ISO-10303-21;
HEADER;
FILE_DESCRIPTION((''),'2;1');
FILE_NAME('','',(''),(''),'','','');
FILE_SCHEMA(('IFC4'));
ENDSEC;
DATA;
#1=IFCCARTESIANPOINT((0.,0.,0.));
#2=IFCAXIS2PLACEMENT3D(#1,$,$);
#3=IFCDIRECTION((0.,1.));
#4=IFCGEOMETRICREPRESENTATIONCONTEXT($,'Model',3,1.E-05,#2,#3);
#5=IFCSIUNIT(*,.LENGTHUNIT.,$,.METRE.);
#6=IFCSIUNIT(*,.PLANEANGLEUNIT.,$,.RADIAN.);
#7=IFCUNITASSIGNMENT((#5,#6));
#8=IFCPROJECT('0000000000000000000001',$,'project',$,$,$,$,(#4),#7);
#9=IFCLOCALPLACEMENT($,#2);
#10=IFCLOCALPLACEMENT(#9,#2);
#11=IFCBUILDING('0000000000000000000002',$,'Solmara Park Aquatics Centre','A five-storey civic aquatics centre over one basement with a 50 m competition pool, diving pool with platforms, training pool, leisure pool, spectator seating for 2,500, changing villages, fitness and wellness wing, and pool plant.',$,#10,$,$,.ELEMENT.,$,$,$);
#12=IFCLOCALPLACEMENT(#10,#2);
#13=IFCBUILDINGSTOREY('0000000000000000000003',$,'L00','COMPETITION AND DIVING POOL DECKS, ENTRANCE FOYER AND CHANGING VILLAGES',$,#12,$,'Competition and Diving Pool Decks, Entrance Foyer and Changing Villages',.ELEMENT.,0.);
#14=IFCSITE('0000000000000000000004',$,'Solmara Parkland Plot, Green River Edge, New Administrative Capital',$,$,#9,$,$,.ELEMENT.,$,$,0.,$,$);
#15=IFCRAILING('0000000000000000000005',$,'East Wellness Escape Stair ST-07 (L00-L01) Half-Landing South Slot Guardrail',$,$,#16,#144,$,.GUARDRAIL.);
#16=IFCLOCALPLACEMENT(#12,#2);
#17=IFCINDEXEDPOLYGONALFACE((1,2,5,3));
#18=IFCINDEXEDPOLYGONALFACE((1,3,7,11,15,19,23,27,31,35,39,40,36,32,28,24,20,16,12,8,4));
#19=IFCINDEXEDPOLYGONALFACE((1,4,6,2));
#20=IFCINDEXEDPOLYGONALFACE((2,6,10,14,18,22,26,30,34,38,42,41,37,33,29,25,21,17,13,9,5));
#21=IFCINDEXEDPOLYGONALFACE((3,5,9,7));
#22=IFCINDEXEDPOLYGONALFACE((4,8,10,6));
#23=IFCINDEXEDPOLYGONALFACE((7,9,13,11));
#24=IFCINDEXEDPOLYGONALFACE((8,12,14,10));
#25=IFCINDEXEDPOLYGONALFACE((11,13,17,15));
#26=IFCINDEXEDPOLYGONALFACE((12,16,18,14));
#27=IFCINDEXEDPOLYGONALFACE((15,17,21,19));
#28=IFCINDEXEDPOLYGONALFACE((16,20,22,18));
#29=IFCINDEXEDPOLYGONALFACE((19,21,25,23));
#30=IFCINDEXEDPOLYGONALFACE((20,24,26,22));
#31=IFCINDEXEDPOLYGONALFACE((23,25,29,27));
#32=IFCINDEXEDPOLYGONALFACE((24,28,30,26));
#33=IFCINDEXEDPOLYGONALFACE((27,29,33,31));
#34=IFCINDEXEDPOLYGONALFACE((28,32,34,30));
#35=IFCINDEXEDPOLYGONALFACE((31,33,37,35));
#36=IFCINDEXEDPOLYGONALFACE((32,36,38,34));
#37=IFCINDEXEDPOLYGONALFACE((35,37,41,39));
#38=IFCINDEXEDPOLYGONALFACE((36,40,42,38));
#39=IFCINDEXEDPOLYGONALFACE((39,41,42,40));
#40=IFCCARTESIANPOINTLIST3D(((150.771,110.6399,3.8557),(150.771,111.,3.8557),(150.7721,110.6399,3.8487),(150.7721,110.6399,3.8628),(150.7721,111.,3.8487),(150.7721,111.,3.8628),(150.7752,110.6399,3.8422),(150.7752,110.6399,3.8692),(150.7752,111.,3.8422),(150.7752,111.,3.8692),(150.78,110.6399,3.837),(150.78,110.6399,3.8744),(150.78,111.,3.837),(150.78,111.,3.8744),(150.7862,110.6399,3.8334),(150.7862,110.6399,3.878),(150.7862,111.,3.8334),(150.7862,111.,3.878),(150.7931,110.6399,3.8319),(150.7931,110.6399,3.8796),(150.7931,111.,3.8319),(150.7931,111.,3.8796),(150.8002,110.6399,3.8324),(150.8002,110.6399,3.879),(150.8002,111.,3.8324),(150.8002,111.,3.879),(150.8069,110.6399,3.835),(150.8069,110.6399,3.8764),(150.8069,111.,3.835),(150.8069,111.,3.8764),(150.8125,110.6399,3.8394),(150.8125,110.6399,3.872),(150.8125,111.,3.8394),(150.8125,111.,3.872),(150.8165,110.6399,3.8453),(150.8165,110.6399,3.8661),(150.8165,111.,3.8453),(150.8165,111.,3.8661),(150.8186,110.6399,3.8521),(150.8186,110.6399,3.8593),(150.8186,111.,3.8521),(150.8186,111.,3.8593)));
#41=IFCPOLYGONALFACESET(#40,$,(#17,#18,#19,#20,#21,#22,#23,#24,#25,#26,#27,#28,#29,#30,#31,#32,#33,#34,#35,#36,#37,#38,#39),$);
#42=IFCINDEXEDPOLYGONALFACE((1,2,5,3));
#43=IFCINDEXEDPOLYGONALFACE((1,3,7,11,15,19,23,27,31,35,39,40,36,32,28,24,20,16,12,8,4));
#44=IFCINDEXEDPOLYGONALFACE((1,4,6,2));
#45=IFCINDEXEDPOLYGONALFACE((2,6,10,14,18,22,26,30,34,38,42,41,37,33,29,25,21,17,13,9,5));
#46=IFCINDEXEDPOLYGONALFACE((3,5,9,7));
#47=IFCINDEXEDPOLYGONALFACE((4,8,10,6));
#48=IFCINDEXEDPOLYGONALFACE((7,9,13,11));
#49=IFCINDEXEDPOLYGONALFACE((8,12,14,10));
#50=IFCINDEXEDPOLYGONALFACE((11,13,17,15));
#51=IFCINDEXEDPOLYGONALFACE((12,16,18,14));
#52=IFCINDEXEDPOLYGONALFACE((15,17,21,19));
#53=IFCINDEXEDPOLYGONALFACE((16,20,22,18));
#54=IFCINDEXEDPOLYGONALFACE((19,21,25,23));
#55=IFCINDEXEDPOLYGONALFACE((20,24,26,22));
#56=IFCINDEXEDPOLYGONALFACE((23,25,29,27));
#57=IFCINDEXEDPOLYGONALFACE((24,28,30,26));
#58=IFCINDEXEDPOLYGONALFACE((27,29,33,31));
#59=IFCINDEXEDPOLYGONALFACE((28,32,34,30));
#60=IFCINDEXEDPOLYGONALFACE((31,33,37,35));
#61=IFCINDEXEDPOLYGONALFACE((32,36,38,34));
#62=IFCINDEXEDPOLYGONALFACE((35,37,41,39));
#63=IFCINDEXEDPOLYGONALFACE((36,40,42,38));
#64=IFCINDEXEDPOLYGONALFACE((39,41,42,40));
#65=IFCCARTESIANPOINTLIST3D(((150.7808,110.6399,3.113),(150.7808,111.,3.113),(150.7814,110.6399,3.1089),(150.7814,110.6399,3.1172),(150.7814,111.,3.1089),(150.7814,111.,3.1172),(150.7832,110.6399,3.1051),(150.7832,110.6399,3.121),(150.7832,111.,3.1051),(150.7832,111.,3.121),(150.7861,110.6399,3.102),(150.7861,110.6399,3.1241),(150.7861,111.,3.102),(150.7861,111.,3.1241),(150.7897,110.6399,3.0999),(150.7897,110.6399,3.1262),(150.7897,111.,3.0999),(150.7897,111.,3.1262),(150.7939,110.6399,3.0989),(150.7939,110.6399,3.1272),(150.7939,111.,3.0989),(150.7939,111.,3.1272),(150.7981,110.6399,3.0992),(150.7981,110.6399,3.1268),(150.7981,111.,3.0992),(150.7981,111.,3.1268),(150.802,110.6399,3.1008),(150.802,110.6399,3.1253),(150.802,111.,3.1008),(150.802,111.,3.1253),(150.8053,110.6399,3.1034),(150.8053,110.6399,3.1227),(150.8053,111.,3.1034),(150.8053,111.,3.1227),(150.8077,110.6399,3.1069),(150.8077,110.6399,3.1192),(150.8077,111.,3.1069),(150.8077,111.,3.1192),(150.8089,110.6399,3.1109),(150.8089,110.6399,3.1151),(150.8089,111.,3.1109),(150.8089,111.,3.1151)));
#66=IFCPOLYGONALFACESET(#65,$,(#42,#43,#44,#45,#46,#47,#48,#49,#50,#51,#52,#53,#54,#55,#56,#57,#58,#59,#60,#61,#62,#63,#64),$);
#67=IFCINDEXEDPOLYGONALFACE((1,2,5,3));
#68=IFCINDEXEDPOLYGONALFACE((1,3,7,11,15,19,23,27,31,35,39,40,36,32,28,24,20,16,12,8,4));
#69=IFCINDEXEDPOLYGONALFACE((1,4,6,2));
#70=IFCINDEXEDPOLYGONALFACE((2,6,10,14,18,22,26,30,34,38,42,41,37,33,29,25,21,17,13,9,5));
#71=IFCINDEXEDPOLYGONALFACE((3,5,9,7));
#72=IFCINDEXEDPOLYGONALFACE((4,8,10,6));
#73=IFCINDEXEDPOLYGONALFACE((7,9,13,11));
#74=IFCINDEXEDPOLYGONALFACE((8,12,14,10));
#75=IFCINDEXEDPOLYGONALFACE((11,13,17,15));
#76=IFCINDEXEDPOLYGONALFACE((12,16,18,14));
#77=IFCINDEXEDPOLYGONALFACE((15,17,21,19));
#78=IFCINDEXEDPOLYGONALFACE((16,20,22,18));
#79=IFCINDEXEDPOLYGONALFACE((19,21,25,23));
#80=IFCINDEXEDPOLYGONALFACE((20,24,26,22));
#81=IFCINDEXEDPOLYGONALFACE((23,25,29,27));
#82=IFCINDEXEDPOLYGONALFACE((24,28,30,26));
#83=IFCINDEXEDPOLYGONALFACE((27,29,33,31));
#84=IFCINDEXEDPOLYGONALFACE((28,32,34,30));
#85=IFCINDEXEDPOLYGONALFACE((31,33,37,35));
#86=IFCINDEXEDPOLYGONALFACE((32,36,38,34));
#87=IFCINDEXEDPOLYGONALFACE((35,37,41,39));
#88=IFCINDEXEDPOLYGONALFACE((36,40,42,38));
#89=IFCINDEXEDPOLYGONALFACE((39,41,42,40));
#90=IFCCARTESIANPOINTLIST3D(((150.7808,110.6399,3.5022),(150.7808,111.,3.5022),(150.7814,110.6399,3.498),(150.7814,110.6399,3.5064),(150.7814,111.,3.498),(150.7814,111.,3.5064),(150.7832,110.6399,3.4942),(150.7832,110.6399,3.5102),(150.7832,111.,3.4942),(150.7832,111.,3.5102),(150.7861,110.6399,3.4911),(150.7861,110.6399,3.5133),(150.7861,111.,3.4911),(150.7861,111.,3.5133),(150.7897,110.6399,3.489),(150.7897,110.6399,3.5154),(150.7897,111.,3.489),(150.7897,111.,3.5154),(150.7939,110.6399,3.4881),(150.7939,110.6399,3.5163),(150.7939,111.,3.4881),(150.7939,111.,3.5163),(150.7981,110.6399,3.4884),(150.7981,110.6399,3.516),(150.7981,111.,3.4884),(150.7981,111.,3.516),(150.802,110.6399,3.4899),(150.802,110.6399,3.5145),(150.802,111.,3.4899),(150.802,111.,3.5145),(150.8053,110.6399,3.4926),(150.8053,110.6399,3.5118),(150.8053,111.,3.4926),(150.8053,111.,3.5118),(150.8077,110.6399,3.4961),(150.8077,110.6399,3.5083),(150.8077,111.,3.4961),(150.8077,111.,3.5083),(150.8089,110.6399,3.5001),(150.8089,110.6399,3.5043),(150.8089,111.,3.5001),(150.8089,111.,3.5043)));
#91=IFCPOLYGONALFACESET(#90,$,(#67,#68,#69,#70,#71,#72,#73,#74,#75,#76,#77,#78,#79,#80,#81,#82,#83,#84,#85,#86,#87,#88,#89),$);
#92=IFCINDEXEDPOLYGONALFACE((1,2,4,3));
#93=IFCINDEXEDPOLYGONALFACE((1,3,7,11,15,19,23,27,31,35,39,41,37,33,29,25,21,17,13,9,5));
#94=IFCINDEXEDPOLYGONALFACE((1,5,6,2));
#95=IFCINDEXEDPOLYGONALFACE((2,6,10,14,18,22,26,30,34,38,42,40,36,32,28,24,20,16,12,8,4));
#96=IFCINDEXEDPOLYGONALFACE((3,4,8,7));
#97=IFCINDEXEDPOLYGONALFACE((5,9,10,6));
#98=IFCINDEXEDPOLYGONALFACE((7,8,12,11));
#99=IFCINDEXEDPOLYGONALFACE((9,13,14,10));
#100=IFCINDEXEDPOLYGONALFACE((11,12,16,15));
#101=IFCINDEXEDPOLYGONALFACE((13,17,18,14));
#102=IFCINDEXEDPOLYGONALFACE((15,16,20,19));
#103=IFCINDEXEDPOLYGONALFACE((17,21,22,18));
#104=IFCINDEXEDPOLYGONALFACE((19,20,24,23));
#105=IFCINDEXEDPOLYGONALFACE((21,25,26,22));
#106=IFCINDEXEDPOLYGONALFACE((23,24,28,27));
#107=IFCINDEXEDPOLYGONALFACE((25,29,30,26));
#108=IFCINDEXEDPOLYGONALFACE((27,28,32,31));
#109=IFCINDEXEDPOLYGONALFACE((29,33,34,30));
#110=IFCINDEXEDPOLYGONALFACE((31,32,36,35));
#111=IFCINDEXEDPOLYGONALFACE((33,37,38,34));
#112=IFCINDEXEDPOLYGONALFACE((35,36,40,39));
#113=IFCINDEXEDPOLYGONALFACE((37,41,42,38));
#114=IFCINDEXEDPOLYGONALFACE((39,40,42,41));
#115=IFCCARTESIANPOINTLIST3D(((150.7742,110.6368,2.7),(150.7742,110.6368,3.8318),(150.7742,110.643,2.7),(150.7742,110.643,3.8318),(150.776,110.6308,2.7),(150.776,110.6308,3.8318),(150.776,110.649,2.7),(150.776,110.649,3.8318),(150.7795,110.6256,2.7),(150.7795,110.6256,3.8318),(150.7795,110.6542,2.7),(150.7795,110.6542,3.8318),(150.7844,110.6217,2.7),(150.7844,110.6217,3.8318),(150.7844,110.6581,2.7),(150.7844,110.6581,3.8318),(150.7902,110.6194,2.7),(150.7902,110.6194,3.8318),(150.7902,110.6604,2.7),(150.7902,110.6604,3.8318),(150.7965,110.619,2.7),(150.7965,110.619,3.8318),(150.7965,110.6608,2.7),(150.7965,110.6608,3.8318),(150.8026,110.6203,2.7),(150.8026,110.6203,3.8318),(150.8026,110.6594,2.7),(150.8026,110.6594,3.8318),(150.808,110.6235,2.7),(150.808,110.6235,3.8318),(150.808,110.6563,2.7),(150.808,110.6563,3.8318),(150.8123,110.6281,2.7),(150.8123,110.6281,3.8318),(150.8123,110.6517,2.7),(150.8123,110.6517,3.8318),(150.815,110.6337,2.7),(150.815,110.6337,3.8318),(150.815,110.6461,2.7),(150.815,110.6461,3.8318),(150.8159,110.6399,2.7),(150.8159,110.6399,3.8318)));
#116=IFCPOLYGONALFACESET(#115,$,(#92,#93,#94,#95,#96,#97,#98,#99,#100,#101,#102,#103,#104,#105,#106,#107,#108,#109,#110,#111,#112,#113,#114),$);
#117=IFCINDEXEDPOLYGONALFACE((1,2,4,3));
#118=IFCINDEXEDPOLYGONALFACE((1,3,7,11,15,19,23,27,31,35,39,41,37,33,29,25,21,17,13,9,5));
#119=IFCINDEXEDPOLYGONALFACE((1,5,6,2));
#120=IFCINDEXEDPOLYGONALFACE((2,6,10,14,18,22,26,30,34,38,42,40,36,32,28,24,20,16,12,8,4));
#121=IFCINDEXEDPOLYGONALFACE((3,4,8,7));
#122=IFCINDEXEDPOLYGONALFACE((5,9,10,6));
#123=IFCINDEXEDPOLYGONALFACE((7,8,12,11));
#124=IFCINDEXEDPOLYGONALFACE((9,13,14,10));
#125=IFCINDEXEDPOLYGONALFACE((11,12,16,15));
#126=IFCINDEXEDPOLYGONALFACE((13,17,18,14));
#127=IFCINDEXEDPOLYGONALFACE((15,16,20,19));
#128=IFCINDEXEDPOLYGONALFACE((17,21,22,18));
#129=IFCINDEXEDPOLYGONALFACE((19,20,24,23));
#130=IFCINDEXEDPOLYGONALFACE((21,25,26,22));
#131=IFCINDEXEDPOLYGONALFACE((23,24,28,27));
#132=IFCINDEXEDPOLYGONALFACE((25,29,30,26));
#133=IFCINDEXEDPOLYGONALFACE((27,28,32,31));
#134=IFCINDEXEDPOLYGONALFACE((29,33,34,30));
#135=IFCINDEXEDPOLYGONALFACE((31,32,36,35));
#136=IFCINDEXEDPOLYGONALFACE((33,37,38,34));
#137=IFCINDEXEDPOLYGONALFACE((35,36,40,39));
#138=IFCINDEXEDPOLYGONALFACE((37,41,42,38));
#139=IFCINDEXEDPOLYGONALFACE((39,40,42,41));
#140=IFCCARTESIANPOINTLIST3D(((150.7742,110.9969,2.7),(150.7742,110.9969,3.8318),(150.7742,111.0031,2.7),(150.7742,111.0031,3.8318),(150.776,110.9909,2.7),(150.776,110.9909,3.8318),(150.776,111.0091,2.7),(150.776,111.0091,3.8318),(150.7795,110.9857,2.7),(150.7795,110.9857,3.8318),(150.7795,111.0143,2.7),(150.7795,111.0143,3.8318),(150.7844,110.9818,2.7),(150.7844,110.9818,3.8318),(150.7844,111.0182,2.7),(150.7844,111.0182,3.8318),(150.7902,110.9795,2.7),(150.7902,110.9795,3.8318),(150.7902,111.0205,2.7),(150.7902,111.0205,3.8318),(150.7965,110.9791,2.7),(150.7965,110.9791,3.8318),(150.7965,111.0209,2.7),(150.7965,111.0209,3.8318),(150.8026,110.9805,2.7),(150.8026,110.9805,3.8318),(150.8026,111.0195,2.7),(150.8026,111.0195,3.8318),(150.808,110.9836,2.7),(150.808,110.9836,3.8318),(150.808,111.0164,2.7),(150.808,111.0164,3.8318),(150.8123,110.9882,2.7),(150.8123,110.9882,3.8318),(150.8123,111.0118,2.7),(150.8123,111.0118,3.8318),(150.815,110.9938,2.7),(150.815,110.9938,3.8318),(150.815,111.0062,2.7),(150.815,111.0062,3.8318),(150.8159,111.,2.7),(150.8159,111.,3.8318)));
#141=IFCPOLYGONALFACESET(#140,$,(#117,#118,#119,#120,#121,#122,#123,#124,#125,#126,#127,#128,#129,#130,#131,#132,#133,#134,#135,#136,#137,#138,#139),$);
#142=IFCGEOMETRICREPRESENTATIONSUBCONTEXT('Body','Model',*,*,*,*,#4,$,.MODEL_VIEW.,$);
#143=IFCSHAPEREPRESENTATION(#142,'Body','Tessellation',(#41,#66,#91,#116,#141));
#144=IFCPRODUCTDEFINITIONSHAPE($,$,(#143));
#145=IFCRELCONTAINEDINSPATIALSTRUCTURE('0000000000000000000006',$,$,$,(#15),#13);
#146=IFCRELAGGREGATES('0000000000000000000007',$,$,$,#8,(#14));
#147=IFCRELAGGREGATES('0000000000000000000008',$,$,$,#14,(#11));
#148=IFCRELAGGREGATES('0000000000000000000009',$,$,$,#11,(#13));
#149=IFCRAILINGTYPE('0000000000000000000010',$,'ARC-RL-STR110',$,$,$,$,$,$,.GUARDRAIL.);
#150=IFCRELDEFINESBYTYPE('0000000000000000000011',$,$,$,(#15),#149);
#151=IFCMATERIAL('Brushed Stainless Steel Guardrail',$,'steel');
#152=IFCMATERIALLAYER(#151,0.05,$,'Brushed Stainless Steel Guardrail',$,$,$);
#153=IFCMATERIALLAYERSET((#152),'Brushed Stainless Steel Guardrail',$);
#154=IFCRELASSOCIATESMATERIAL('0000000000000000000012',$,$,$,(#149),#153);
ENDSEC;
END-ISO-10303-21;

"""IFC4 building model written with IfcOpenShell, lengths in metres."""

from ifc_helpers import new_model, si_unit, direction, frame, origin, origin_2d, place, context, subcontext, project, spatial, circle, extrude, material, layer, layer_set, type_object, element, save


model = new_model("IFC4")

# Units and contexts
model_context = context("Model", 3, precision=1e-05, world=origin(), true_north=direction((0.0, 1.0)))
body_context = subcontext(model_context, "Body", "Model", "MODEL_VIEW")
ifc_project = project(units=[si_unit("LENGTHUNIT", "METRE"), si_unit("PLANEANGLEUNIT", "RADIAN")], contexts=[model_context])

# Site, building, storey
site_placement = place(None, origin())
site = spatial("IfcSite", under=ifc_project, at=site_placement, Name="Solmara Parkland Plot, Green River Edge, New Administrative Capital", CompositionType="ELEMENT", RefElevation=0.0)
building_placement = place(site_placement, origin())
building = spatial("IfcBuilding", under=site, at=building_placement, Name="Solmara Park Aquatics Centre", Description="A five-storey civic aquatics centre over one basement with a 50 m competition pool, diving pool with platforms, training pool, leisure pool, spectator seating for 2,500, changing villages, fitness and wellness wing, and pool plant.", CompositionType="ELEMENT")
storey_placement = place(building_placement, origin())
storey = spatial("IfcBuildingStorey", under=building, at=storey_placement, Name="L00", Description="COMPETITION AND DIVING POOL DECKS, ENTRANCE FOYER AND CHANGING VILLAGES", LongName="Competition and Diving Pool Decks, Entrance Foyer and Changing Villages", CompositionType="ELEMENT", Elevation=0.0)

# Railing
ifc_material_1 = material(Name="Brushed Stainless Steel Guardrail", Category="steel")
ifc_layer_1 = layer(ifc_material_1, 0.05, Name="Brushed Stainless Steel Guardrail")
ifc_layer_set_1 = layer_set([ifc_layer_1], Name="Brushed Stainless Steel Guardrail")
railing_type_1 = type_object("IfcRailingType", Name="ARC-RL-STR110", PredefinedType="GUARDRAIL", material=ifc_layer_set_1)
railing_1_placement = place(storey_placement, frame((150.7949, 110.6399, 2.7)))
element("IfcRailing", 1, at=railing_1_placement, inside=storey, type_object=railing_type_1, Name="East Wellness Escape Stair ST-07 (L00-L01) Half-Landing South Slot Guardrail", PredefinedType="GUARDRAIL", context=body_context, shape_type="SweptSolid", body=[
    extrude(circle(Radius=0.0239, at=origin_2d()), frame((0.0, 0.0, 1.1558), z_axis=(0.0, 1.0, 0.0), x_axis=(-1.0, 0.0, 0.0)), (0.0, 0.0, 1.0), 0.3601),
    extrude(circle(Radius=0.0142, at=origin_2d()), frame((0.0, 0.0, 0.4131), z_axis=(0.0, 1.0, 0.0), x_axis=(-1.0, 0.0, 0.0)), (0.0, 0.0, 1.0), 0.3601),
    extrude(circle(Radius=0.0142, at=origin_2d()), frame((0.0, 0.0, 0.8022), z_axis=(0.0, 1.0, 0.0), x_axis=(-1.0, 0.0, 0.0)), (0.0, 0.0, 1.0), 0.3601),
    extrude(circle(Radius=0.021, at=origin_2d()), origin(), (0.0, 0.0, 1.0), 1.1318),
    extrude(circle(Radius=0.021, at=origin_2d()), frame((0.0, 0.3601, 0.0)), (0.0, 0.0, 1.0), 1.1318),
])

save(model, "model.ifc")
